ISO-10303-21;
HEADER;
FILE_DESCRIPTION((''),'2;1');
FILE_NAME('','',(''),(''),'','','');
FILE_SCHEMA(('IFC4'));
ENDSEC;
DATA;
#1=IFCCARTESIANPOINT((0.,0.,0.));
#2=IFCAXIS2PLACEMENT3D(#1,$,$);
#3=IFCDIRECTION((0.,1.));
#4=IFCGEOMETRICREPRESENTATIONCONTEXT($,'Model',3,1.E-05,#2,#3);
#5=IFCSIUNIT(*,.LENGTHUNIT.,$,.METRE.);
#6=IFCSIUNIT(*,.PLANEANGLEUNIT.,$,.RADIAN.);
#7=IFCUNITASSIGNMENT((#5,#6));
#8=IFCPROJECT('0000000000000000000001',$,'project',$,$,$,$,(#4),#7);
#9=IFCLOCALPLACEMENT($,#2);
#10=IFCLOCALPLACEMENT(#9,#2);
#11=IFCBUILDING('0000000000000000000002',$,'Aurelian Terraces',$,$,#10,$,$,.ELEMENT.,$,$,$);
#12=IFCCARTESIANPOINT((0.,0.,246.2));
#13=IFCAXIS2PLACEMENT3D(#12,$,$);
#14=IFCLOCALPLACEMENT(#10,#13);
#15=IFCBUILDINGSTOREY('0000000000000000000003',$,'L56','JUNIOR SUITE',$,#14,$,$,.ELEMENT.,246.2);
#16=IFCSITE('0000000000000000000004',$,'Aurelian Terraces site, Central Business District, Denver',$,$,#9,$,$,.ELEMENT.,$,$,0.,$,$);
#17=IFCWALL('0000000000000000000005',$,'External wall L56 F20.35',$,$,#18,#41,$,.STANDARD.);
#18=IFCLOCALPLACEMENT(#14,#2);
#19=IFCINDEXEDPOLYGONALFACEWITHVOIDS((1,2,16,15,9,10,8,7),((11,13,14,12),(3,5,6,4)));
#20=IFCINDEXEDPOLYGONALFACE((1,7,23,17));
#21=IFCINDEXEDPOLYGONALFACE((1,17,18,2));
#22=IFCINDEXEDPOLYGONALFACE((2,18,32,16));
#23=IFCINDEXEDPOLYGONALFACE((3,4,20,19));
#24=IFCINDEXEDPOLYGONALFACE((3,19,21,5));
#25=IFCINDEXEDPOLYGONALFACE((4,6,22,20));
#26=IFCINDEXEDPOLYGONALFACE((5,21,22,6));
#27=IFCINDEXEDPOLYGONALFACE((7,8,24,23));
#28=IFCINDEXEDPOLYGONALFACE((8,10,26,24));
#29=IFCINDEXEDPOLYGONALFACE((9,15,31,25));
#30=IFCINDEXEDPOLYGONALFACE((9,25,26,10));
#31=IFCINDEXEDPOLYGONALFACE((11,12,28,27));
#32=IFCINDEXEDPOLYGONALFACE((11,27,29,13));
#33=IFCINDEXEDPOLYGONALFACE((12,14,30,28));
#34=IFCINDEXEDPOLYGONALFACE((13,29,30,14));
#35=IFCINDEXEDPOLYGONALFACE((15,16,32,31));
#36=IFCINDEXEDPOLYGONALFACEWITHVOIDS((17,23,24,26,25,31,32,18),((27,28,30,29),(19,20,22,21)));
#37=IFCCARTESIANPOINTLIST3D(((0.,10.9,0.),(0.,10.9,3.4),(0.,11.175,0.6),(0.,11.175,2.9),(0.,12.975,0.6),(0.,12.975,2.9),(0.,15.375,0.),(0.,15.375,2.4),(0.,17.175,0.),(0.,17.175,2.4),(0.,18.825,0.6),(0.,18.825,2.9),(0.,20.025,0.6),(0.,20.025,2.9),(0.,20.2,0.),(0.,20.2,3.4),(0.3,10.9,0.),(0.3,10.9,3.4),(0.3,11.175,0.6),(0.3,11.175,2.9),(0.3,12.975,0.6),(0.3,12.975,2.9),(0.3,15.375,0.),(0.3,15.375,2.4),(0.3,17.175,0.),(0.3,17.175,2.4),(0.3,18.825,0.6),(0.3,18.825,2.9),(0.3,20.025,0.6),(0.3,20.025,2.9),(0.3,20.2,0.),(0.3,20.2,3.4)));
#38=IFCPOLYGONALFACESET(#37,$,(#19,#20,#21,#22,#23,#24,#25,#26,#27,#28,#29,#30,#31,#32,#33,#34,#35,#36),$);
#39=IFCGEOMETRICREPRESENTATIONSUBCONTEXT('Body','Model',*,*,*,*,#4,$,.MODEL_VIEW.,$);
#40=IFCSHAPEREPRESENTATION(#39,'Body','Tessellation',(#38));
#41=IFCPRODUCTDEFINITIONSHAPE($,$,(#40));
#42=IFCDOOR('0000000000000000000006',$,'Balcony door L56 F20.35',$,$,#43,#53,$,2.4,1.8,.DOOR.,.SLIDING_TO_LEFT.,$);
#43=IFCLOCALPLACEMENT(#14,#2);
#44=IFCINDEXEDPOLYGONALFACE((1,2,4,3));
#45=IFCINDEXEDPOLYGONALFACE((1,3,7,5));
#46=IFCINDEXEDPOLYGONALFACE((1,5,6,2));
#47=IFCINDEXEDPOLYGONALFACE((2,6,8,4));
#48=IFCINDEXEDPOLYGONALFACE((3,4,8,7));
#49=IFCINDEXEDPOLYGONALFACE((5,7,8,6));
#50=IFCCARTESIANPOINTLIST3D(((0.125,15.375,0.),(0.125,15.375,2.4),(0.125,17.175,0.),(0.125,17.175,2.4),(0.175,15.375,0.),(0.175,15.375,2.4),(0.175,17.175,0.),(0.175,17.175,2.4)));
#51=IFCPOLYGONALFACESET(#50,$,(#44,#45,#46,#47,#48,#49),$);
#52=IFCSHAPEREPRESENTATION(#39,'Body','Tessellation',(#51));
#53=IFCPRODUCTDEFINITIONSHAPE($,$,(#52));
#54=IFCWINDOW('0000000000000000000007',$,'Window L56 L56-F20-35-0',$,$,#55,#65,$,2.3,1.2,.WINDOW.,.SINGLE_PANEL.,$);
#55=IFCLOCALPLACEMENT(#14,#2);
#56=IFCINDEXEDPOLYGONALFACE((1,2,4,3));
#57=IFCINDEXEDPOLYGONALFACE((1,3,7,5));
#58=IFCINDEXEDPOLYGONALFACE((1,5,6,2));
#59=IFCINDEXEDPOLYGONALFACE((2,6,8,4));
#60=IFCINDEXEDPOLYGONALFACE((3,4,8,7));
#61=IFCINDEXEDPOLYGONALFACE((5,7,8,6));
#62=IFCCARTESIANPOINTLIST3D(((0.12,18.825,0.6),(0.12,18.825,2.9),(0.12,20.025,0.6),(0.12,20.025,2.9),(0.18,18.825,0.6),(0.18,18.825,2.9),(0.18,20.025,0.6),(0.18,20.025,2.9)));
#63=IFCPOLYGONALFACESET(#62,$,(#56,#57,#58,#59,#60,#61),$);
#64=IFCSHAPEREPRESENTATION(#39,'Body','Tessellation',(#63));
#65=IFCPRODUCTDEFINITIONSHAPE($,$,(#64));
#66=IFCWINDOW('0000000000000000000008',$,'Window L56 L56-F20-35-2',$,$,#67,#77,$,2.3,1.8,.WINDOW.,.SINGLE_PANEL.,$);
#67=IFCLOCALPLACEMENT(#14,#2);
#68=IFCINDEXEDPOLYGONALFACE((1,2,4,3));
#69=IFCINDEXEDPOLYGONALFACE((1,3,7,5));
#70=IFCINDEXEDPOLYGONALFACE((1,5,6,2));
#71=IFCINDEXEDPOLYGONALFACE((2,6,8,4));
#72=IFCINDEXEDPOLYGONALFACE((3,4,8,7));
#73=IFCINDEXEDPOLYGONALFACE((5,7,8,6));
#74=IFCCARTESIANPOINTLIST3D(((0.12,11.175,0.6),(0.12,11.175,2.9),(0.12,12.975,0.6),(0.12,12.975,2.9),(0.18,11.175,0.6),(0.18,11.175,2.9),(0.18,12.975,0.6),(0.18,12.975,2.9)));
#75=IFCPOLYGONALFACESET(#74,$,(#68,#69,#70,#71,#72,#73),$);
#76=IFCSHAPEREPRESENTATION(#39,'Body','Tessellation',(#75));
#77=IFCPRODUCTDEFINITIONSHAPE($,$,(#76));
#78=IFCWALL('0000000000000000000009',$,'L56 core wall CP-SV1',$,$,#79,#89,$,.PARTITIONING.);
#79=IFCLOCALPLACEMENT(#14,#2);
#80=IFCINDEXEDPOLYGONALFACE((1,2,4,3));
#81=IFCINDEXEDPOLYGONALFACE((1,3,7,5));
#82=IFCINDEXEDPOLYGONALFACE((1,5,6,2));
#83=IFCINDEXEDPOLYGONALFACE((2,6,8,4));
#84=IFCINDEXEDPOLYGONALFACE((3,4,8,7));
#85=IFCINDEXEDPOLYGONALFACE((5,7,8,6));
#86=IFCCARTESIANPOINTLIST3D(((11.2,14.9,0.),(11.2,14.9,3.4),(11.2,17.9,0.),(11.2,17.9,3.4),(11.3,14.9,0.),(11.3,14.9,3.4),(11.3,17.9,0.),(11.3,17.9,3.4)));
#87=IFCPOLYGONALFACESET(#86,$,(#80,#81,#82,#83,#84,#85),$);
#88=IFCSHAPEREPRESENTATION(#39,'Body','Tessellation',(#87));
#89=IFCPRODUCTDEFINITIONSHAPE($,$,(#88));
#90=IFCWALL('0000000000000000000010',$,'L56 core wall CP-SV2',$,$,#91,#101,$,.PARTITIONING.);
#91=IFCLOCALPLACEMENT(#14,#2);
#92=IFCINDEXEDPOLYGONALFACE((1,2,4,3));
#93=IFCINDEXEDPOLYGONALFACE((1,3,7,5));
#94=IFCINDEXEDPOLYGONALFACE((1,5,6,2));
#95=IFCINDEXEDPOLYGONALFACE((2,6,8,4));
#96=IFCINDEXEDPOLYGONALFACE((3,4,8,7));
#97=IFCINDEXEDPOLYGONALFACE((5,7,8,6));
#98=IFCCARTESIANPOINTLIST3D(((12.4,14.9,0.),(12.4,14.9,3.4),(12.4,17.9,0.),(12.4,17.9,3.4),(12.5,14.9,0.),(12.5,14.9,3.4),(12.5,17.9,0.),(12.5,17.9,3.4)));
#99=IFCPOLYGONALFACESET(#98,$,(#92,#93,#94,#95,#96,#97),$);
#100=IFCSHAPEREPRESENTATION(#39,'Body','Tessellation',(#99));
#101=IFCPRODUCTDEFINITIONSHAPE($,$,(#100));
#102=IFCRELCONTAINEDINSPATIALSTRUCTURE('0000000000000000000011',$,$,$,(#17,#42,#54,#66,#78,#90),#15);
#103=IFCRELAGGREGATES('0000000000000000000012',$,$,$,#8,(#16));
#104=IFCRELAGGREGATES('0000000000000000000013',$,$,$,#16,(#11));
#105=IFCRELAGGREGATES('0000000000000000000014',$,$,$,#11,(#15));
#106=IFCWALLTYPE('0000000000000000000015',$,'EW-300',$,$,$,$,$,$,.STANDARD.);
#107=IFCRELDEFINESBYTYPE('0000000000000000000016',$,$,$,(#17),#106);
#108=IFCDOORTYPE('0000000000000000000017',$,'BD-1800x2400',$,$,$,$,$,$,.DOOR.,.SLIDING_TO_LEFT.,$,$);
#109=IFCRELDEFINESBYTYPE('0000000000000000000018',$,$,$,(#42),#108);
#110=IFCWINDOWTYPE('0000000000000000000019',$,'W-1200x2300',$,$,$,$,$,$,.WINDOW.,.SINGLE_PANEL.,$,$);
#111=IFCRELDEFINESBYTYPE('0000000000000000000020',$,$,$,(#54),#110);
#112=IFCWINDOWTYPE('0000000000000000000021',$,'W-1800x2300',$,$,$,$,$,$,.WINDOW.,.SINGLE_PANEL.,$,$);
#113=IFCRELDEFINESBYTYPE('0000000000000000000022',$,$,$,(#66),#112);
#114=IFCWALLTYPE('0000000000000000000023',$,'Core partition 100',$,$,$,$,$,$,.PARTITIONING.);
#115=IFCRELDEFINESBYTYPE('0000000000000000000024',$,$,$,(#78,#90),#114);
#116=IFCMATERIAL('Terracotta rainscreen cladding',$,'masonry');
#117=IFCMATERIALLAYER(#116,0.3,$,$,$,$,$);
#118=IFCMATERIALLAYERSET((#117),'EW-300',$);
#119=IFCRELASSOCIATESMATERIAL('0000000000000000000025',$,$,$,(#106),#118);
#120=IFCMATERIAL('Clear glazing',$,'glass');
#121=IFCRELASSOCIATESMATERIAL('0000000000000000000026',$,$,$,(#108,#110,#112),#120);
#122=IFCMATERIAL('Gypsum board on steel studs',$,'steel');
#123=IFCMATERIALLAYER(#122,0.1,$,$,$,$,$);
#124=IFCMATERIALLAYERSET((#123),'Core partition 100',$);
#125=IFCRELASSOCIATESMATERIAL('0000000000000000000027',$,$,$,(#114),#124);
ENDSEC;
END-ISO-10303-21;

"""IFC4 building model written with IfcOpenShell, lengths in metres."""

from ifc_helpers import new_model, si_unit, direction, frame, frame_2d, origin, place, context, subcontext, project, spatial, rectangle, extrude, source, transform, mapped, material, layer, layer_set, type_object, element, fill, save


model = new_model("IFC4")

# Units and contexts
model_context = context("Model", 3, precision=1e-05, world=origin(), true_north=direction((0.0, 1.0)))
body_context = subcontext(model_context, "Body", "Model", "MODEL_VIEW")
ifc_project = project(units=[si_unit("LENGTHUNIT", "METRE"), si_unit("PLANEANGLEUNIT", "RADIAN")], contexts=[model_context])

# Site, building, storey
site_placement = place(None, origin())
site = spatial("IfcSite", under=ifc_project, at=site_placement, Name="Aurelian Terraces site, Central Business District, Denver", CompositionType="ELEMENT", RefElevation=0.0)
building_placement = place(site_placement, origin())
building = spatial("IfcBuilding", under=site, at=building_placement, Name="Aurelian Terraces", CompositionType="ELEMENT")
storey_placement = place(building_placement, frame((0.0, 0.0, 246.2)))
storey = spatial("IfcBuildingStorey", under=building, at=storey_placement, Name="L56", Description="JUNIOR SUITE", CompositionType="ELEMENT", Elevation=246.2)

# Wall, openings, door, windows
ifc_material_1 = material(Name="Terracotta rainscreen cladding", Category="masonry")
ifc_layer_1 = layer(ifc_material_1, 0.3)
ifc_layer_set_1 = layer_set([ifc_layer_1], Name="EW-300")
wall_type_1 = type_object("IfcWallType", Name="EW-300", PredefinedType="STANDARD", material=ifc_layer_set_1)
shared_shape_1 = source(origin(), body_context, "Body", "SweptSolid", [
    extrude(rectangle(XDim=9.3, YDim=0.3, at=frame_2d((4.65, 0.0))), origin(), (0.0, 0.0, 1.0), 3.4),
])
wall_1_placement = place(storey_placement, frame((0.15, 20.2, 0.0), z_axis=(0.0, 0.0, 1.0), x_axis=(0.0, -1.0, 0.0)))
wall_1 = element("IfcWall", 1, at=wall_1_placement, inside=storey, type_object=wall_type_1, Name="External wall L56 F20.35", PredefinedType="STANDARD", context=body_context, shape_type="MappedRepresentation", body=[
    mapped(shared_shape_1, transform((0.0, 0.0, 0.0), scale=1.0)),
])
shared_shape_2 = source(origin(), body_context, "Body", "SweptSolid", [
    extrude(rectangle(XDim=1.8, YDim=2.4, at=frame_2d((0.9, 1.2))), frame((0.0, 0.16, 0.0), z_axis=(0.0, -1.0, 0.0), x_axis=(1.0, 0.0, 0.0)), (0.0, 0.0, 1.0), 0.32),
])
opening_1_placement = place(wall_1_placement, frame((3.025, 0.0, 0.0)))
opening_1 = element("IfcOpeningElement", 2, at=opening_1_placement, cuts=wall_1, PredefinedType="OPENING", context=body_context, shape_type="MappedRepresentation", body=[
    mapped(shared_shape_2, transform((0.0, 0.0, 0.0), scale=1.0)),
])
shared_shape_3 = source(origin(), body_context, "Body", "SweptSolid", [
    extrude(rectangle(XDim=1.2, YDim=2.3, at=frame_2d((0.6, 1.15))), frame((0.0, 0.16, 0.0), z_axis=(0.0, -1.0, 0.0), x_axis=(1.0, 0.0, 0.0)), (0.0, 0.0, 1.0), 0.32),
])
opening_2_placement = place(wall_1_placement, frame((0.175, 0.0, 0.6)))
opening_2 = element("IfcOpeningElement", 3, at=opening_2_placement, cuts=wall_1, PredefinedType="OPENING", context=body_context, shape_type="MappedRepresentation", body=[
    mapped(shared_shape_3, transform((0.0, 0.0, 0.0), scale=1.0)),
])
shared_shape_4 = source(origin(), body_context, "Body", "SweptSolid", [
    extrude(rectangle(XDim=1.8, YDim=2.3, at=frame_2d((0.9, 1.15))), frame((0.0, 0.16, 0.0), z_axis=(0.0, -1.0, 0.0), x_axis=(1.0, 0.0, 0.0)), (0.0, 0.0, 1.0), 0.32),
])
opening_3_placement = place(wall_1_placement, frame((7.225, 0.0, 0.6)))
opening_3 = element("IfcOpeningElement", 4, at=opening_3_placement, cuts=wall_1, PredefinedType="OPENING", context=body_context, shape_type="MappedRepresentation", body=[
    mapped(shared_shape_4, transform((0.0, 0.0, 0.0), scale=1.0)),
])
ifc_material_2 = material(Name="Clear glazing", Category="glass")
door_type_1 = type_object("IfcDoorType", Name="BD-1800x2400", OperationType="SLIDING_TO_LEFT", PredefinedType="DOOR", material=ifc_material_2)
shared_shape_5 = source(origin(), body_context, "Body", "SweptSolid", [
    extrude(rectangle(XDim=1.8, YDim=2.4, at=frame_2d((0.9, 1.2))), frame((0.0, 0.025, 0.0), z_axis=(0.0, -1.0, 0.0), x_axis=(1.0, 0.0, 0.0)), (0.0, 0.0, 1.0), 0.05),
])
door_1_placement = place(opening_1_placement, origin())
door_1 = element("IfcDoor", 5, at=door_1_placement, inside=storey, type_object=door_type_1, Name="Balcony door L56 F20.35", OperationType="SLIDING_TO_LEFT", OverallHeight=2.4, OverallWidth=1.8, PredefinedType="DOOR", context=body_context, shape_type="MappedRepresentation", body=[
    mapped(shared_shape_5, transform((0.0, 0.0, 0.0), scale=1.0)),
])
fill(opening_1, door_1)
window_type_1 = type_object("IfcWindowType", Name="W-1200x2300", PartitioningType="SINGLE_PANEL", PredefinedType="WINDOW", material=ifc_material_2)
shared_shape_6 = source(origin(), body_context, "Body", "SweptSolid", [
    extrude(rectangle(XDim=1.2, YDim=2.3, at=frame_2d((0.6, 1.15))), frame((0.0, 0.03, 0.0), z_axis=(0.0, -1.0, 0.0), x_axis=(1.0, 0.0, 0.0)), (0.0, 0.0, 1.0), 0.06),
])
window_1_placement = place(opening_2_placement, origin())
window_1 = element("IfcWindow", 6, at=window_1_placement, inside=storey, type_object=window_type_1, Name="Window L56 L56-F20-35-0", OverallHeight=2.3, OverallWidth=1.2, PartitioningType="SINGLE_PANEL", PredefinedType="WINDOW", context=body_context, shape_type="MappedRepresentation", body=[
    mapped(shared_shape_6, transform((0.0, 0.0, 0.0), scale=1.0)),
])
fill(opening_2, window_1)
window_type_2 = type_object("IfcWindowType", Name="W-1800x2300", PartitioningType="SINGLE_PANEL", PredefinedType="WINDOW", material=ifc_material_2)
shared_shape_7 = source(origin(), body_context, "Body", "SweptSolid", [
    extrude(rectangle(XDim=1.8, YDim=2.3, at=frame_2d((0.9, 1.15))), frame((0.0, 0.03, 0.0), z_axis=(0.0, -1.0, 0.0), x_axis=(1.0, 0.0, 0.0)), (0.0, 0.0, 1.0), 0.06),
])
window_2_placement = place(opening_3_placement, origin())
window_2 = element("IfcWindow", 7, at=window_2_placement, inside=storey, type_object=window_type_2, Name="Window L56 L56-F20-35-2", OverallHeight=2.3, OverallWidth=1.8, PartitioningType="SINGLE_PANEL", PredefinedType="WINDOW", context=body_context, shape_type="MappedRepresentation", body=[
    mapped(shared_shape_7, transform((0.0, 0.0, 0.0), scale=1.0)),
])
fill(opening_3, window_2)

# Walls
ifc_material_3 = material(Name="Gypsum board on steel studs", Category="steel")
ifc_layer_2 = layer(ifc_material_3, 0.1)
ifc_layer_set_2 = layer_set([ifc_layer_2], Name="Core partition 100")
wall_type_2 = type_object("IfcWallType", Name="Core partition 100", PredefinedType="PARTITIONING", material=ifc_layer_set_2)
shared_shape_8 = source(origin(), body_context, "Body", "SweptSolid", [
    extrude(rectangle(XDim=3.0, YDim=0.1, at=frame_2d((1.5, 0.0))), origin(), (0.0, 0.0, 1.0), 3.4),
])
for number, where, z_axis, x_axis, name in (
    (8, (11.25, 14.9, 0.0), (0.0, 0.0, 1.0), (0.0, 1.0, 0.0), "L56 core wall CP-SV1"),
    (9, (12.45, 14.9, 0.0), (0.0, 0.0, 1.0), (0.0, 1.0, 0.0), "L56 core wall CP-SV2"),
):
    element("IfcWall", number, at=place(storey_placement, frame(where, z_axis=z_axis, x_axis=x_axis)), inside=storey, type_object=wall_type_2, Name=name, PredefinedType="PARTITIONING", context=body_context, shape_type="MappedRepresentation", body=[
        mapped(shared_shape_8, transform((0.0, 0.0, 0.0), scale=1.0)),
    ])

save(model, "model.ifc")
